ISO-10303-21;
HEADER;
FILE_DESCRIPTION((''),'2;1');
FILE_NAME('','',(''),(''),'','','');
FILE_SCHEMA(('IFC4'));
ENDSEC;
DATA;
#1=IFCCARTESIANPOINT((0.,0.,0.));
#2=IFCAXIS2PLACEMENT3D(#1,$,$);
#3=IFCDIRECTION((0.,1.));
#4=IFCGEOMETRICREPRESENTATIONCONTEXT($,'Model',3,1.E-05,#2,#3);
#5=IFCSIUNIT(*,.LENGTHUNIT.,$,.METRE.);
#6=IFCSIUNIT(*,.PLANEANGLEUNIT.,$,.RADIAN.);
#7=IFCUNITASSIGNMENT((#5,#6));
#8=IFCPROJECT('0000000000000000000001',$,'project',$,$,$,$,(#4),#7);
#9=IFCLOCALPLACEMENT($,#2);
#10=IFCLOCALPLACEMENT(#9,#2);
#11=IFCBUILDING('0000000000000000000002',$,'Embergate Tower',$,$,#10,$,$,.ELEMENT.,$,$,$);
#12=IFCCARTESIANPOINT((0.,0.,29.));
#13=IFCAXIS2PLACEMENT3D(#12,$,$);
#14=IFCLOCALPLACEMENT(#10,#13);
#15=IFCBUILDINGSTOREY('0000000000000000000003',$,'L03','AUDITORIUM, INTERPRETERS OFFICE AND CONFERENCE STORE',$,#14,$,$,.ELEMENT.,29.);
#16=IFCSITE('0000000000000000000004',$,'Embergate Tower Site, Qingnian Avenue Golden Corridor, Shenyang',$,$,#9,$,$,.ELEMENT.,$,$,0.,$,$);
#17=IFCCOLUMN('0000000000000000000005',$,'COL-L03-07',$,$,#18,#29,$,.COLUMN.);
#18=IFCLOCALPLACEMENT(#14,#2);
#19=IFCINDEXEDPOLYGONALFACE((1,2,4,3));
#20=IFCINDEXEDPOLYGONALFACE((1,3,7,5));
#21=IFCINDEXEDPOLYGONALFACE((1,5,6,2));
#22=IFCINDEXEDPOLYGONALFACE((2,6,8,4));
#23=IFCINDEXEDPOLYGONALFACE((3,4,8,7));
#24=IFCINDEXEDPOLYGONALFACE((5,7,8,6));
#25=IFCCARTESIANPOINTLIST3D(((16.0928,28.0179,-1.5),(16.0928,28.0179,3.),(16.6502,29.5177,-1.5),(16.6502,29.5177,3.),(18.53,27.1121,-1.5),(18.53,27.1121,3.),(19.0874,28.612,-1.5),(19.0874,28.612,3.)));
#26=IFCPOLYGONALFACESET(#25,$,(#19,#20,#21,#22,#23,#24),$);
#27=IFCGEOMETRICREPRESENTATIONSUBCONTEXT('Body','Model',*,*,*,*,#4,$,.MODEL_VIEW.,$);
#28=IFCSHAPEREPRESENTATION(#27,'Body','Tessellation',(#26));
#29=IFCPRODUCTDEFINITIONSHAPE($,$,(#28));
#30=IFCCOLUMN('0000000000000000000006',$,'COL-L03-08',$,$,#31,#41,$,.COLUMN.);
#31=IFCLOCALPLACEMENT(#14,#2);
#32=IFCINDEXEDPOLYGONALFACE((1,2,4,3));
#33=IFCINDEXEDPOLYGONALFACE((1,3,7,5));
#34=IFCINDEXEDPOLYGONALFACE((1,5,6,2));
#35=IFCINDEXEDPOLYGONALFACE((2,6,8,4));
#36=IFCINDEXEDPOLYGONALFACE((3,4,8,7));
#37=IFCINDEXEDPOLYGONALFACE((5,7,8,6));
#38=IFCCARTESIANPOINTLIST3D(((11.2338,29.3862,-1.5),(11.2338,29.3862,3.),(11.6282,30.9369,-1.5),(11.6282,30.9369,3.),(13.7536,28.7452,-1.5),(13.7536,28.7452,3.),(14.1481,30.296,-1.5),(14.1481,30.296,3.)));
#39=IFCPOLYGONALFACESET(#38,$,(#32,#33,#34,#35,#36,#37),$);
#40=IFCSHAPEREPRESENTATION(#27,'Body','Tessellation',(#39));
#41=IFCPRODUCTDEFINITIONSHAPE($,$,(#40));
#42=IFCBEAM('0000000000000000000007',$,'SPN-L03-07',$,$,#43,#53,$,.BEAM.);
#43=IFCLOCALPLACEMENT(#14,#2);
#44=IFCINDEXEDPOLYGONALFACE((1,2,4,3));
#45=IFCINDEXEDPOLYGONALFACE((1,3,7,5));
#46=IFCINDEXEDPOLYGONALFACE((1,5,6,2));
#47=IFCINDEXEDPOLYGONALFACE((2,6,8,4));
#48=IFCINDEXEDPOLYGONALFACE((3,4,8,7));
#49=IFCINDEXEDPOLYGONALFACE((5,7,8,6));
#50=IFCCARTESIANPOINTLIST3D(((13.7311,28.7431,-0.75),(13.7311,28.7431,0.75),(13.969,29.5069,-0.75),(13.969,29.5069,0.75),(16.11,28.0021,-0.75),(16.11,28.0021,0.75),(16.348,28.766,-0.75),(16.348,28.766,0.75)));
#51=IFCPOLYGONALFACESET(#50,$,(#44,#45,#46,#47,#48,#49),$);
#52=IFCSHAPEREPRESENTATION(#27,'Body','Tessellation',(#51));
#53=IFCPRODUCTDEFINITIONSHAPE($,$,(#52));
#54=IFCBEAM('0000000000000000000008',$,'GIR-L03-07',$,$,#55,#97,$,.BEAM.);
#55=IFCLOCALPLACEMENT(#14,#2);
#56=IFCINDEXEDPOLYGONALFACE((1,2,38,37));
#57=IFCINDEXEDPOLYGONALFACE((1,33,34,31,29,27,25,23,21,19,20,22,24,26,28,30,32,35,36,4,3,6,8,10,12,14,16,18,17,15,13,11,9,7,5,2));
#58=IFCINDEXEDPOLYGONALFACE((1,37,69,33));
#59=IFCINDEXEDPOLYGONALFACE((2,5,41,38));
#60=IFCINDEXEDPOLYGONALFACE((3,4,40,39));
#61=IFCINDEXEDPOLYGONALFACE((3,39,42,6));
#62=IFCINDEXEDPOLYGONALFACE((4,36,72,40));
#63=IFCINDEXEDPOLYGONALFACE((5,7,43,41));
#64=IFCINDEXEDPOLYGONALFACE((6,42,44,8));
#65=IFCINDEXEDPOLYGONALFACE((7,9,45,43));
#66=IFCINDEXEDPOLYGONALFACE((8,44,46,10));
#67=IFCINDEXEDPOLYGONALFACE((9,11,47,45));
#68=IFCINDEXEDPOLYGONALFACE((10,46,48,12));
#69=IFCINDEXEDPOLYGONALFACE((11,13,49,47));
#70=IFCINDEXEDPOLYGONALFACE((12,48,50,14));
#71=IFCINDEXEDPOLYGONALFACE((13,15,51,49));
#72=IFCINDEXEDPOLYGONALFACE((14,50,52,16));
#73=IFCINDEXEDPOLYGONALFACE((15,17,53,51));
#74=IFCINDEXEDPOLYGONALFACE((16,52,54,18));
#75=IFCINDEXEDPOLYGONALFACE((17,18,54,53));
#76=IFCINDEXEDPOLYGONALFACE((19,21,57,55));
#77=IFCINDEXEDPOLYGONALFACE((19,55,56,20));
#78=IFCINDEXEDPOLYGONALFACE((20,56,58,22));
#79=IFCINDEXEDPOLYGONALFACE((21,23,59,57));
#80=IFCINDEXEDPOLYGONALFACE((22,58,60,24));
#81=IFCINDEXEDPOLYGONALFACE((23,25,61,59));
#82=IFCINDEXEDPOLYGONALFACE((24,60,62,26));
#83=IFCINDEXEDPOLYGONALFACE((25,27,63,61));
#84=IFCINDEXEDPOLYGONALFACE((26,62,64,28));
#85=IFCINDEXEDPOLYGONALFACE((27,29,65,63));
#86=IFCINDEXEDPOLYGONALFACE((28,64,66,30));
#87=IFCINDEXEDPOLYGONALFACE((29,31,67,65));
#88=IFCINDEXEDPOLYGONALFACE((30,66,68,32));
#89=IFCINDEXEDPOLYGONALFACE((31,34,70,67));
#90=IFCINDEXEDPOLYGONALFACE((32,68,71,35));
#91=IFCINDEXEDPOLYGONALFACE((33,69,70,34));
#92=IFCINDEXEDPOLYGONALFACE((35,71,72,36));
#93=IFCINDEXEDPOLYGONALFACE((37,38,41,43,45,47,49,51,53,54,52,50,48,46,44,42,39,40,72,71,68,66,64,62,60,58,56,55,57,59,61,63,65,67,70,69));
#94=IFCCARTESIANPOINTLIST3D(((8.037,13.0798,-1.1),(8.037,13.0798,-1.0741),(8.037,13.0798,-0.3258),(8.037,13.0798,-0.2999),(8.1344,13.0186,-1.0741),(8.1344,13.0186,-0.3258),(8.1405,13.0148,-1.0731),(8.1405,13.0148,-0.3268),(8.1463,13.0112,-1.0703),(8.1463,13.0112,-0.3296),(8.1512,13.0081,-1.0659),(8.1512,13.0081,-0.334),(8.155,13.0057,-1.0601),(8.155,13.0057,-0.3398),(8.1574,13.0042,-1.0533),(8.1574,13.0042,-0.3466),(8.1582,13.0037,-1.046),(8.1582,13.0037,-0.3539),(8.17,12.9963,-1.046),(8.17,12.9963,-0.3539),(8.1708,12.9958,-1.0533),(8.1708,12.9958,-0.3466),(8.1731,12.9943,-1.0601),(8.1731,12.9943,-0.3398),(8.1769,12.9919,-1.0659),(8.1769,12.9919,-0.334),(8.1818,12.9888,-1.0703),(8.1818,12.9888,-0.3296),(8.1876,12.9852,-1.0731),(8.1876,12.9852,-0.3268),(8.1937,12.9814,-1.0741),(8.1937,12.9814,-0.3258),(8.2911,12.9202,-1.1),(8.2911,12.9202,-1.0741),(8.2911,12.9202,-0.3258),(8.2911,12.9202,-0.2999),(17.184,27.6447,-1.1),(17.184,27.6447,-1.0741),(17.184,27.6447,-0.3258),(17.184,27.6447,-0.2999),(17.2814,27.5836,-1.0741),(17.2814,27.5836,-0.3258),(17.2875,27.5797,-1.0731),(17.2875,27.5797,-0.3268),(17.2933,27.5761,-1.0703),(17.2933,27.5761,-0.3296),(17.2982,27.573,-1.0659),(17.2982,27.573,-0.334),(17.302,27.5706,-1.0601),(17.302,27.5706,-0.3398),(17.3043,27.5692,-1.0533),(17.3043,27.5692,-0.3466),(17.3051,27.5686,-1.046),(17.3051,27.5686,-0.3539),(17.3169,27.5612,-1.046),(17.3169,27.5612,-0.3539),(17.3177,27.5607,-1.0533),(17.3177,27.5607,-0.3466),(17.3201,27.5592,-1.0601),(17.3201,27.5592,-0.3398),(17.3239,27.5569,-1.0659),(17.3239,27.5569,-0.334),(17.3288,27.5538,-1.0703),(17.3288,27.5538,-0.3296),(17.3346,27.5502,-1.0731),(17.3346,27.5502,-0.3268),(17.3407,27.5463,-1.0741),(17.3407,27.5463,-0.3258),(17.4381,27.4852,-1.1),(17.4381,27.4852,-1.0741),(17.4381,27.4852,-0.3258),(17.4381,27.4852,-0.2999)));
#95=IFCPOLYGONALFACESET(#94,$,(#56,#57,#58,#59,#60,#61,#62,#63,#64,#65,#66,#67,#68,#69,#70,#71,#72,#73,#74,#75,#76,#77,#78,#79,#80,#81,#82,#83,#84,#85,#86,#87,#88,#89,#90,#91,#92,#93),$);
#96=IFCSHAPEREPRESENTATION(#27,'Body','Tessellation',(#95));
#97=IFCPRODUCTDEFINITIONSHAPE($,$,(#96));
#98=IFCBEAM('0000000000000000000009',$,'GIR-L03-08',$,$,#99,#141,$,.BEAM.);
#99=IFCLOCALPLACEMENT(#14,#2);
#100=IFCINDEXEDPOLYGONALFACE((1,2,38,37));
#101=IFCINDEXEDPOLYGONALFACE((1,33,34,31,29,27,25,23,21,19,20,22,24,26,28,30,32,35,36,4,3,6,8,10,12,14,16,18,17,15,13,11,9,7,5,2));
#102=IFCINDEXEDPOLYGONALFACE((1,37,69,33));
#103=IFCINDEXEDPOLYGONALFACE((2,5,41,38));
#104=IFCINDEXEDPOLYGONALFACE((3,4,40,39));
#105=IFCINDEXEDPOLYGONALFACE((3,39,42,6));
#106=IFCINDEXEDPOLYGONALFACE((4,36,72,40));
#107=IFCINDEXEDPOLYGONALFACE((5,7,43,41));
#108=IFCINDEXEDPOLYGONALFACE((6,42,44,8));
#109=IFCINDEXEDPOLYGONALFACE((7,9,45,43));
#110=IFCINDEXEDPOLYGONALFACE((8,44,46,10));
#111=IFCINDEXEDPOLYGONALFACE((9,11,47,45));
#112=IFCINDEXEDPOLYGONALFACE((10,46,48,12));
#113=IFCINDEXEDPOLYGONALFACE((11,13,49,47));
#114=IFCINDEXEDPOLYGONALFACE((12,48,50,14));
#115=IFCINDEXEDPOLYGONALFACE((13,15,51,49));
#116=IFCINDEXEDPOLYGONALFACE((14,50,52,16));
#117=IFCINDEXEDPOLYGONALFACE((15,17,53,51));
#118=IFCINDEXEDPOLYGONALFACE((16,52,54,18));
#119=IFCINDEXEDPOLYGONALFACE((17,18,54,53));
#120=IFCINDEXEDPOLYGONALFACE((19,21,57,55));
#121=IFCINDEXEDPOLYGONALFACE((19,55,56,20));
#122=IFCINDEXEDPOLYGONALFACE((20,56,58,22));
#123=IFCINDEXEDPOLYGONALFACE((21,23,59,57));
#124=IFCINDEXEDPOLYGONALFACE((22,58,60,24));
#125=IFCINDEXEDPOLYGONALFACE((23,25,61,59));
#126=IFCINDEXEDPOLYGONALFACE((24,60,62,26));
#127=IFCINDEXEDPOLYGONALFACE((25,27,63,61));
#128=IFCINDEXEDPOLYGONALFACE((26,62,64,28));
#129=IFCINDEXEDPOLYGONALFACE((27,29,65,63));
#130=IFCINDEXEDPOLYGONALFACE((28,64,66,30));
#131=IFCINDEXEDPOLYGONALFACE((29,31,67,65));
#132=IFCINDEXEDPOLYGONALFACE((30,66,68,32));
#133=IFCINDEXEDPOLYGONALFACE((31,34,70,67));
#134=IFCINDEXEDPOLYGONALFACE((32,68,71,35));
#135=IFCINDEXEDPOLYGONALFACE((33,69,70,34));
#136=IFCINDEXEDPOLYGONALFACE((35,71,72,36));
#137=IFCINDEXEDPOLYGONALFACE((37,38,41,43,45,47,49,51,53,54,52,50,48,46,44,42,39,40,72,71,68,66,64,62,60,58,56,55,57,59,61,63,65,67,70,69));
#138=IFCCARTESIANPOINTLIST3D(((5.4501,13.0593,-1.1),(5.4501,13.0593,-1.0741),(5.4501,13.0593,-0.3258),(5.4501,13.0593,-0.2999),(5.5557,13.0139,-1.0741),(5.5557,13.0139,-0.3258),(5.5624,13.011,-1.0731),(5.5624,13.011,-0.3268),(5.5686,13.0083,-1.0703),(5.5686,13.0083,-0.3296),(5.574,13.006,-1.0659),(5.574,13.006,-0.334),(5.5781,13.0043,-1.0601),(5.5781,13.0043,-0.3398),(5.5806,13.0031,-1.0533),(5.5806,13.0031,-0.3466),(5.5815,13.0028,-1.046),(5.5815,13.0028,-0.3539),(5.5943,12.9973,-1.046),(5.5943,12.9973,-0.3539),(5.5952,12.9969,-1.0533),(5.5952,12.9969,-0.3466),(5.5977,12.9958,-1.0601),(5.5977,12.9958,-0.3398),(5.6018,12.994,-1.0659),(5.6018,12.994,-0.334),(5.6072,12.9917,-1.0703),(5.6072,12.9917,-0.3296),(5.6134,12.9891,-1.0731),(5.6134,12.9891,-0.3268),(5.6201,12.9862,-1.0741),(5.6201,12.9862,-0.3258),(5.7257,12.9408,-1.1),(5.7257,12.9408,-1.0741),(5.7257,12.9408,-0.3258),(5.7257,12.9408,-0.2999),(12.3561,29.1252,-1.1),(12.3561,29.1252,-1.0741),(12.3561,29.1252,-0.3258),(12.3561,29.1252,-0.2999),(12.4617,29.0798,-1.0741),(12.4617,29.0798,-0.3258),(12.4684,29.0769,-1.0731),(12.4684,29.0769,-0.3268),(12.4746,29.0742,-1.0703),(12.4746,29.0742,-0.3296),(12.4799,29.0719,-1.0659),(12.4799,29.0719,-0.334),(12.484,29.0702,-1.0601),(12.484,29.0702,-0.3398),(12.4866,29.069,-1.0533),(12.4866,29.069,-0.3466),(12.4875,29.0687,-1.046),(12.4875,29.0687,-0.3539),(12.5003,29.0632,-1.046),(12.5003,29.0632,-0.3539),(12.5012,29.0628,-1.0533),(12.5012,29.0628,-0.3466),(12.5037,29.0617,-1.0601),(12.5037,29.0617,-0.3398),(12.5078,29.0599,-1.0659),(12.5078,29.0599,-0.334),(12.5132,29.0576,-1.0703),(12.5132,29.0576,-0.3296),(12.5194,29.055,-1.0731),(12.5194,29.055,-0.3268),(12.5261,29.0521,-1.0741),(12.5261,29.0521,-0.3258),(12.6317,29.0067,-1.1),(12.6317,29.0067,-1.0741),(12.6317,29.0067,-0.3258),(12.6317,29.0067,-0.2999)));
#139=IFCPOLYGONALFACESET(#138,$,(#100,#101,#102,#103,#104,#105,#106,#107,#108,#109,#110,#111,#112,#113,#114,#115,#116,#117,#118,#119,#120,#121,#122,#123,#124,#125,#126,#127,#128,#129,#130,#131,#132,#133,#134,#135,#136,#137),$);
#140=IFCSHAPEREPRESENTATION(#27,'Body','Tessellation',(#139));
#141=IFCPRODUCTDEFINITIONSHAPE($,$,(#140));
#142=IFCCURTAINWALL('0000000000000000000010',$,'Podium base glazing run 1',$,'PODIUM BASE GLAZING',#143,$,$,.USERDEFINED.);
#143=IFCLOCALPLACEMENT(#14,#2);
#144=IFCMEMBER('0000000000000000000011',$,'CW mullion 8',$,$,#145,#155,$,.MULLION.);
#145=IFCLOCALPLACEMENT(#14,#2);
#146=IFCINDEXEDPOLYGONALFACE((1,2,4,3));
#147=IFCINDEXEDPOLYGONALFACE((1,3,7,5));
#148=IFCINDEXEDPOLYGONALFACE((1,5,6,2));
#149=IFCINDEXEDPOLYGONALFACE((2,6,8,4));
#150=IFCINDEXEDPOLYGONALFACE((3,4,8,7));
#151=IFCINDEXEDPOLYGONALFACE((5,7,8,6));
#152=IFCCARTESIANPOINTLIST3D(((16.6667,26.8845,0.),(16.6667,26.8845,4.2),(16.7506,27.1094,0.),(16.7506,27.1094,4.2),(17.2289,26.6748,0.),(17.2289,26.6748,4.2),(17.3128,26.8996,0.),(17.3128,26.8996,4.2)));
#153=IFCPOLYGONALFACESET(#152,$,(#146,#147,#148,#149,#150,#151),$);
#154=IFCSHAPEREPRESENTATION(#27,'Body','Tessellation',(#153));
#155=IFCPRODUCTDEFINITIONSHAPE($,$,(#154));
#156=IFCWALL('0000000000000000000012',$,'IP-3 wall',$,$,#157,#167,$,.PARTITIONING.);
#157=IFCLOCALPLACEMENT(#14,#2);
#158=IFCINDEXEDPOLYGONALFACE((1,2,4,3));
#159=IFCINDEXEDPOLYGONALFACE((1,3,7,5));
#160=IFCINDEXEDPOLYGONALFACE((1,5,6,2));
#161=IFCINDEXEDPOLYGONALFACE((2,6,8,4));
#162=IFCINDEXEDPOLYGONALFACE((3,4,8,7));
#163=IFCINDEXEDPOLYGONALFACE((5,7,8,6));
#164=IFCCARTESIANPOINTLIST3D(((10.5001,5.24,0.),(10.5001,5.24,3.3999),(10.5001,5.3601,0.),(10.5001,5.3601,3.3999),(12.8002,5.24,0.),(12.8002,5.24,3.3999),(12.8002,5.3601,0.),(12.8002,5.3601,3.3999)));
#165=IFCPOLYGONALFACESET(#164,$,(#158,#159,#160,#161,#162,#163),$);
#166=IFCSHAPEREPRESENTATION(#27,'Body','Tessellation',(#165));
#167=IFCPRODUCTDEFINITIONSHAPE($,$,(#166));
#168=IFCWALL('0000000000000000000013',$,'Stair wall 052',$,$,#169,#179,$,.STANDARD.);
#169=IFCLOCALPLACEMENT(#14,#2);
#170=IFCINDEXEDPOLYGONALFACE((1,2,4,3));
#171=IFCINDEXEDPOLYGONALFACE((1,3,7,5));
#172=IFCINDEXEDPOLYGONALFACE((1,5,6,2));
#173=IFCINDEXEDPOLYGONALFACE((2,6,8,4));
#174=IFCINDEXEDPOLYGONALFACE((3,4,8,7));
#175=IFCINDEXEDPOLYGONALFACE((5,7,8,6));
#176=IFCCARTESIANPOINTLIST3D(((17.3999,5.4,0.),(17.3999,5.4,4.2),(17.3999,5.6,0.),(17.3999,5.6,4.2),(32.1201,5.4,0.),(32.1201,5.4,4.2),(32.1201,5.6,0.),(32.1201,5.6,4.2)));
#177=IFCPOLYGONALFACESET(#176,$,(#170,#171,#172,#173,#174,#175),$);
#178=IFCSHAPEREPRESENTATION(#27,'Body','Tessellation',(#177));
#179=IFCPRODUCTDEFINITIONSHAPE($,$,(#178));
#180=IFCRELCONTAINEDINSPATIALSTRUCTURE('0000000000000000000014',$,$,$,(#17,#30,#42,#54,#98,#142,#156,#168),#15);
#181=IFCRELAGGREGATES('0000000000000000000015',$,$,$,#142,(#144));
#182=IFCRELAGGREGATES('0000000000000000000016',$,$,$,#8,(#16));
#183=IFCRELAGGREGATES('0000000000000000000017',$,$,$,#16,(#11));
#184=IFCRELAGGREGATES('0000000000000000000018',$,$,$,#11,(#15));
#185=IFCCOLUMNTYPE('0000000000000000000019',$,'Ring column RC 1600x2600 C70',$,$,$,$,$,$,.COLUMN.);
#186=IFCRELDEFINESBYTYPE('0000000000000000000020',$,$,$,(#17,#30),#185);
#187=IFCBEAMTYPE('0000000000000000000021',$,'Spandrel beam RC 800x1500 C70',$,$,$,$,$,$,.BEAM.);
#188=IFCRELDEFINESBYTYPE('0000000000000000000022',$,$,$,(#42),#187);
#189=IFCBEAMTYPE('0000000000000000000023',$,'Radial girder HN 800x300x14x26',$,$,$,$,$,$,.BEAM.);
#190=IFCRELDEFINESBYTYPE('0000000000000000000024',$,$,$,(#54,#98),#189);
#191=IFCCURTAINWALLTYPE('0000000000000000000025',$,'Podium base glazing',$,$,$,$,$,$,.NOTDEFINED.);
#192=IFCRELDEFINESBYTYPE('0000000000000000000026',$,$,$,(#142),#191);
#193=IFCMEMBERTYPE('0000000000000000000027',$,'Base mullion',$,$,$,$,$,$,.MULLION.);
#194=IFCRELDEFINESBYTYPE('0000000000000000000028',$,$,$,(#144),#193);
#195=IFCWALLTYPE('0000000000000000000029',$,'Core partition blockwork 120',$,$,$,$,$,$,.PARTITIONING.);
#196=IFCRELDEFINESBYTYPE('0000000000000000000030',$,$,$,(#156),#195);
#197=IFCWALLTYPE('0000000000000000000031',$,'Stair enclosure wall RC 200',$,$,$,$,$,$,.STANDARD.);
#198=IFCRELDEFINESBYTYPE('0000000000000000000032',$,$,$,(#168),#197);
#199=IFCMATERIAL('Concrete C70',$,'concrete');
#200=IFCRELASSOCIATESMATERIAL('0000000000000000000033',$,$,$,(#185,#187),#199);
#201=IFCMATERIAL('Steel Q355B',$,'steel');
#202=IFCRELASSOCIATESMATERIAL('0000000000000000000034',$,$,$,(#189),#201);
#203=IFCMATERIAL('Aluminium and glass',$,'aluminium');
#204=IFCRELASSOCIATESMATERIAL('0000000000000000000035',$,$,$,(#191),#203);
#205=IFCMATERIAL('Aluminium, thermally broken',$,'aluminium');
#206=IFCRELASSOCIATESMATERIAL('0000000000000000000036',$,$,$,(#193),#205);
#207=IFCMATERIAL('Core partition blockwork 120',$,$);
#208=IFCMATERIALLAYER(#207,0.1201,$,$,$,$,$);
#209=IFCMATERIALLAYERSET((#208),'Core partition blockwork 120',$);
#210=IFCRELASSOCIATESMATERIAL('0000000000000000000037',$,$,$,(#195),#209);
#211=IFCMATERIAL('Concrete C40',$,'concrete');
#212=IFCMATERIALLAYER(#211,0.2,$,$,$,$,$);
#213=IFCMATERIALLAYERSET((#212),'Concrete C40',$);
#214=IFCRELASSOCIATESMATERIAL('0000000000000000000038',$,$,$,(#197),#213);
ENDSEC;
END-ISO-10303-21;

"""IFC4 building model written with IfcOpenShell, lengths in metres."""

from ifc_helpers import new_model, si_unit, direction, frame, frame_2d, origin, origin_2d, place, context, subcontext, project, spatial, rectangle, i_section, extrude, source, transform, mapped, material, layer, layer_set, material_profile, profile_set, type_object, element, aggregate, save


model = new_model("IFC4")

# Units and contexts
model_context = context("Model", 3, precision=1e-05, world=origin(), true_north=direction((0.0, 1.0)))
body_context = subcontext(model_context, "Body", "Model", "MODEL_VIEW")
ifc_project = project(units=[si_unit("LENGTHUNIT", "METRE"), si_unit("PLANEANGLEUNIT", "RADIAN")], contexts=[model_context])

# Site, building, storey
site_placement = place(None, origin())
site = spatial("IfcSite", under=ifc_project, at=site_placement, Name="Embergate Tower Site, Qingnian Avenue Golden Corridor, Shenyang", CompositionType="ELEMENT", RefElevation=0.0)
building_placement = place(site_placement, origin())
building = spatial("IfcBuilding", under=site, at=building_placement, Name="Embergate Tower", CompositionType="ELEMENT")
storey_placement = place(building_placement, frame((0.0, 0.0, 29.0)))
storey = spatial("IfcBuildingStorey", under=building, at=storey_placement, Name="L03", Description="AUDITORIUM, INTERPRETERS OFFICE AND CONFERENCE STORE", CompositionType="ELEMENT", Elevation=29.0)

# Columns
ifc_material_1 = material(Name="Concrete C70", Category="concrete")
ifc_material_profile_1 = material_profile(ifc_material_1, rectangle(XDim=1.6001, YDim=2.6001, at=origin_2d()), Name="RC 1600x2600")
ifc_profile_set_1 = profile_set([ifc_material_profile_1], Name="Concrete C70")
column_type = type_object("IfcColumnType", Name="Ring column RC 1600x2600 C70", PredefinedType="COLUMN", material=ifc_profile_set_1)
shared_shape_1 = source(origin(), body_context, "Body", "SweptSolid", [
    extrude(rectangle(XDim=1.6001, YDim=2.6001, at=origin_2d()), origin(), (0.0, 0.0, 1.0), 4.5),
])
for number, where, z_axis, x_axis, name in (
    (1, (17.5901, 28.3149, -1.5), (0.0, 0.0, 1.0), (0.348343, 0.937367, 0.0), "COL-L03-07"),
    (2, (12.6909, 29.8411, -1.5), (0.0, 0.0, 1.0), (0.246509, 0.969141, 0.0), "COL-L03-08"),
):
    element("IfcColumn", number, at=place(storey_placement, frame(where, z_axis=z_axis, x_axis=x_axis)), inside=storey, type_object=column_type, Name=name, PredefinedType="COLUMN", context=body_context, shape_type="MappedRepresentation", body=[
        mapped(shared_shape_1, transform((0.0, 0.0, 0.0))),
    ])

# Beams
ifc_material_profile_2 = material_profile(ifc_material_1, rectangle(XDim=0.8, YDim=1.5, at=origin_2d()), Name="RC 800x1500")
ifc_profile_set_2 = profile_set([ifc_material_profile_2], Name="Concrete C70")
beam_type_1 = type_object("IfcBeamType", Name="Spandrel beam RC 800x1500 C70", PredefinedType="BEAM", material=ifc_profile_set_2)
shared_shape_2 = source(origin(), body_context, "Body", "SweptSolid", [
    extrude(rectangle(XDim=0.8, YDim=1.5, at=origin_2d()), origin(), (0.0, 0.0, 1.0), 2.4917),
])
beam_1_placement = place(storey_placement, frame((16.229, 28.384, 0.0), z_axis=(-0.954759, 0.297382, 0.0), x_axis=(-0.297382, -0.954759, 0.0)))
element("IfcBeam", 3, at=beam_1_placement, inside=storey, type_object=beam_type_1, Name="SPN-L03-07", PredefinedType="BEAM", context=body_context, shape_type="MappedRepresentation", body=[
    mapped(shared_shape_2, transform((0.0, 0.0, 0.0))),
])
ifc_material_2 = material(Name="Steel Q355B", Category="steel")
ifc_material_profile_3 = material_profile(ifc_material_2, i_section(OverallWidth=0.3, OverallDepth=0.8, WebThickness=0.0139, FlangeThickness=0.0259, FilletRadius=0.0281, at=origin_2d()), Name="HN 800x300x14x26")
ifc_profile_set_3 = profile_set([ifc_material_profile_3], Name="Steel Q355 grade B")
beam_type_2 = type_object("IfcBeamType", Name="Radial girder HN 800x300x14x26", PredefinedType="BEAM", material=ifc_profile_set_3)
shared_shape_3 = source(origin(), body_context, "Body", "SweptSolid", [
    extrude(i_section(OverallWidth=0.3, OverallDepth=0.8, WebThickness=0.0139, FlangeThickness=0.0259, FilletRadius=0.0281, at=origin_2d()), origin(), (0.0, 0.0, 1.0), 17.199),
])
beam_2_placement = place(storey_placement, frame((17.311, 27.5649, -0.7), z_axis=(-0.531833, -0.84685, 0.0), x_axis=(0.84685, -0.531833, 0.0)))
element("IfcBeam", 4, at=beam_2_placement, inside=storey, type_object=beam_type_2, Name="GIR-L03-07", PredefinedType="BEAM", context=body_context, shape_type="MappedRepresentation", body=[
    mapped(shared_shape_3, transform((0.0, 0.0, 0.0))),
])
shared_shape_4 = source(origin(), body_context, "Body", "SweptSolid", [
    extrude(i_section(OverallWidth=0.3, OverallDepth=0.8, WebThickness=0.0139, FlangeThickness=0.0259, FilletRadius=0.0281, at=origin_2d()), origin(), (0.0, 0.0, 1.0), 17.4873),
])
beam_3_placement = place(storey_placement, frame((12.4939, 29.0659, -0.7), z_axis=(-0.394915, -0.918718, 0.0), x_axis=(0.918718, -0.394915, 0.0)))
element("IfcBeam", 5, at=beam_3_placement, inside=storey, type_object=beam_type_2, Name="GIR-L03-08", PredefinedType="BEAM", context=body_context, shape_type="MappedRepresentation", body=[
    mapped(shared_shape_4, transform((0.0, 0.0, 0.0))),
])

# Curtain wall, member
ifc_material_3 = material(Name="Aluminium and glass", Category="aluminium")
curtain_wall_type = type_object("IfcCurtainWallType", Name="Podium base glazing", PredefinedType="NOTDEFINED", material=ifc_material_3)
curtain_wall_placement = place(storey_placement, origin())
curtain_wall = element("IfcCurtainWall", 6, at=curtain_wall_placement, inside=storey, type_object=curtain_wall_type, Name="Podium base glazing run 1", ObjectType="PODIUM BASE GLAZING", PredefinedType="USERDEFINED")
ifc_material_4 = material(Name="Aluminium, thermally broken", Category="aluminium")
ifc_material_profile_4 = material_profile(ifc_material_4, rectangle(XDim=0.24, YDim=0.6001, at=origin_2d()), Name="AL 600x240")
ifc_profile_set_4 = profile_set([ifc_material_profile_4], Name="Aluminium, thermally broken")
member_type = type_object("IfcMemberType", Name="Base mullion", PredefinedType="MULLION", material=ifc_profile_set_4)
shared_shape_5 = source(origin(), body_context, "Body", "SweptSolid", [
    extrude(rectangle(XDim=0.24, YDim=0.6001, at=origin_2d()), origin(), (0.0, 0.0, 1.0), 4.2),
])
member_placement = place(storey_placement, frame((16.9897, 26.8921, 0.0), z_axis=(0.0, 0.0, 1.0), x_axis=(-0.349509, -0.936933, 0.0)))
member = element("IfcMember", 7, at=member_placement, type_object=member_type, Name="CW mullion 8", PredefinedType="MULLION", context=body_context, shape_type="MappedRepresentation", body=[
    mapped(shared_shape_5, transform((0.0, 0.0, 0.0))),
])
aggregate(curtain_wall, [member])

# Walls
ifc_material_5 = material(Name="Core partition blockwork 120")
ifc_layer_1 = layer(ifc_material_5, 0.1201)
ifc_layer_set_1 = layer_set([ifc_layer_1], Name="Core partition blockwork 120")
wall_type_1 = type_object("IfcWallType", Name="Core partition blockwork 120", PredefinedType="PARTITIONING", material=ifc_layer_set_1)
shared_shape_6 = source(origin(), body_context, "Body", "SweptSolid", [
    extrude(rectangle(XDim=2.3, YDim=0.1201, at=frame_2d((1.1499, 0.0))), origin(), (0.0, 0.0, 1.0), 3.3999),
])
wall_1_placement = place(storey_placement, frame((12.8, 5.3, 0.0), z_axis=(0.0, 0.0, 1.0), x_axis=(-1.0, 0.0, 0.0)))
element("IfcWall", 8, at=wall_1_placement, inside=storey, type_object=wall_type_1, Name="IP-3 wall", PredefinedType="PARTITIONING", context=body_context, shape_type="MappedRepresentation", body=[
    mapped(shared_shape_6, transform((0.0, 0.0, 0.0))),
])
ifc_material_6 = material(Name="Concrete C40", Category="concrete")
ifc_layer_2 = layer(ifc_material_6, 0.2)
ifc_layer_set_2 = layer_set([ifc_layer_2], Name="Concrete C40")
wall_type_2 = type_object("IfcWallType", Name="Stair enclosure wall RC 200", PredefinedType="STANDARD", material=ifc_layer_set_2)
shared_shape_7 = source(origin(), body_context, "Body", "SweptSolid", [
    extrude(rectangle(XDim=14.7202, YDim=0.2, at=frame_2d((7.3601, 0.0))), origin(), (0.0, 0.0, 1.0), 4.2),
])
wall_2_placement = place(storey_placement, frame((17.3999, 5.5, 0.0), z_axis=(0.0, 0.0, 1.0), x_axis=(1.0, 0.0, 0.0)))
element("IfcWall", 9, at=wall_2_placement, inside=storey, type_object=wall_type_2, Name="Stair wall 052", PredefinedType="STANDARD", context=body_context, shape_type="MappedRepresentation", body=[
    mapped(shared_shape_7, transform((0.0, 0.0, 0.0))),
])

save(model, "model.ifc")
